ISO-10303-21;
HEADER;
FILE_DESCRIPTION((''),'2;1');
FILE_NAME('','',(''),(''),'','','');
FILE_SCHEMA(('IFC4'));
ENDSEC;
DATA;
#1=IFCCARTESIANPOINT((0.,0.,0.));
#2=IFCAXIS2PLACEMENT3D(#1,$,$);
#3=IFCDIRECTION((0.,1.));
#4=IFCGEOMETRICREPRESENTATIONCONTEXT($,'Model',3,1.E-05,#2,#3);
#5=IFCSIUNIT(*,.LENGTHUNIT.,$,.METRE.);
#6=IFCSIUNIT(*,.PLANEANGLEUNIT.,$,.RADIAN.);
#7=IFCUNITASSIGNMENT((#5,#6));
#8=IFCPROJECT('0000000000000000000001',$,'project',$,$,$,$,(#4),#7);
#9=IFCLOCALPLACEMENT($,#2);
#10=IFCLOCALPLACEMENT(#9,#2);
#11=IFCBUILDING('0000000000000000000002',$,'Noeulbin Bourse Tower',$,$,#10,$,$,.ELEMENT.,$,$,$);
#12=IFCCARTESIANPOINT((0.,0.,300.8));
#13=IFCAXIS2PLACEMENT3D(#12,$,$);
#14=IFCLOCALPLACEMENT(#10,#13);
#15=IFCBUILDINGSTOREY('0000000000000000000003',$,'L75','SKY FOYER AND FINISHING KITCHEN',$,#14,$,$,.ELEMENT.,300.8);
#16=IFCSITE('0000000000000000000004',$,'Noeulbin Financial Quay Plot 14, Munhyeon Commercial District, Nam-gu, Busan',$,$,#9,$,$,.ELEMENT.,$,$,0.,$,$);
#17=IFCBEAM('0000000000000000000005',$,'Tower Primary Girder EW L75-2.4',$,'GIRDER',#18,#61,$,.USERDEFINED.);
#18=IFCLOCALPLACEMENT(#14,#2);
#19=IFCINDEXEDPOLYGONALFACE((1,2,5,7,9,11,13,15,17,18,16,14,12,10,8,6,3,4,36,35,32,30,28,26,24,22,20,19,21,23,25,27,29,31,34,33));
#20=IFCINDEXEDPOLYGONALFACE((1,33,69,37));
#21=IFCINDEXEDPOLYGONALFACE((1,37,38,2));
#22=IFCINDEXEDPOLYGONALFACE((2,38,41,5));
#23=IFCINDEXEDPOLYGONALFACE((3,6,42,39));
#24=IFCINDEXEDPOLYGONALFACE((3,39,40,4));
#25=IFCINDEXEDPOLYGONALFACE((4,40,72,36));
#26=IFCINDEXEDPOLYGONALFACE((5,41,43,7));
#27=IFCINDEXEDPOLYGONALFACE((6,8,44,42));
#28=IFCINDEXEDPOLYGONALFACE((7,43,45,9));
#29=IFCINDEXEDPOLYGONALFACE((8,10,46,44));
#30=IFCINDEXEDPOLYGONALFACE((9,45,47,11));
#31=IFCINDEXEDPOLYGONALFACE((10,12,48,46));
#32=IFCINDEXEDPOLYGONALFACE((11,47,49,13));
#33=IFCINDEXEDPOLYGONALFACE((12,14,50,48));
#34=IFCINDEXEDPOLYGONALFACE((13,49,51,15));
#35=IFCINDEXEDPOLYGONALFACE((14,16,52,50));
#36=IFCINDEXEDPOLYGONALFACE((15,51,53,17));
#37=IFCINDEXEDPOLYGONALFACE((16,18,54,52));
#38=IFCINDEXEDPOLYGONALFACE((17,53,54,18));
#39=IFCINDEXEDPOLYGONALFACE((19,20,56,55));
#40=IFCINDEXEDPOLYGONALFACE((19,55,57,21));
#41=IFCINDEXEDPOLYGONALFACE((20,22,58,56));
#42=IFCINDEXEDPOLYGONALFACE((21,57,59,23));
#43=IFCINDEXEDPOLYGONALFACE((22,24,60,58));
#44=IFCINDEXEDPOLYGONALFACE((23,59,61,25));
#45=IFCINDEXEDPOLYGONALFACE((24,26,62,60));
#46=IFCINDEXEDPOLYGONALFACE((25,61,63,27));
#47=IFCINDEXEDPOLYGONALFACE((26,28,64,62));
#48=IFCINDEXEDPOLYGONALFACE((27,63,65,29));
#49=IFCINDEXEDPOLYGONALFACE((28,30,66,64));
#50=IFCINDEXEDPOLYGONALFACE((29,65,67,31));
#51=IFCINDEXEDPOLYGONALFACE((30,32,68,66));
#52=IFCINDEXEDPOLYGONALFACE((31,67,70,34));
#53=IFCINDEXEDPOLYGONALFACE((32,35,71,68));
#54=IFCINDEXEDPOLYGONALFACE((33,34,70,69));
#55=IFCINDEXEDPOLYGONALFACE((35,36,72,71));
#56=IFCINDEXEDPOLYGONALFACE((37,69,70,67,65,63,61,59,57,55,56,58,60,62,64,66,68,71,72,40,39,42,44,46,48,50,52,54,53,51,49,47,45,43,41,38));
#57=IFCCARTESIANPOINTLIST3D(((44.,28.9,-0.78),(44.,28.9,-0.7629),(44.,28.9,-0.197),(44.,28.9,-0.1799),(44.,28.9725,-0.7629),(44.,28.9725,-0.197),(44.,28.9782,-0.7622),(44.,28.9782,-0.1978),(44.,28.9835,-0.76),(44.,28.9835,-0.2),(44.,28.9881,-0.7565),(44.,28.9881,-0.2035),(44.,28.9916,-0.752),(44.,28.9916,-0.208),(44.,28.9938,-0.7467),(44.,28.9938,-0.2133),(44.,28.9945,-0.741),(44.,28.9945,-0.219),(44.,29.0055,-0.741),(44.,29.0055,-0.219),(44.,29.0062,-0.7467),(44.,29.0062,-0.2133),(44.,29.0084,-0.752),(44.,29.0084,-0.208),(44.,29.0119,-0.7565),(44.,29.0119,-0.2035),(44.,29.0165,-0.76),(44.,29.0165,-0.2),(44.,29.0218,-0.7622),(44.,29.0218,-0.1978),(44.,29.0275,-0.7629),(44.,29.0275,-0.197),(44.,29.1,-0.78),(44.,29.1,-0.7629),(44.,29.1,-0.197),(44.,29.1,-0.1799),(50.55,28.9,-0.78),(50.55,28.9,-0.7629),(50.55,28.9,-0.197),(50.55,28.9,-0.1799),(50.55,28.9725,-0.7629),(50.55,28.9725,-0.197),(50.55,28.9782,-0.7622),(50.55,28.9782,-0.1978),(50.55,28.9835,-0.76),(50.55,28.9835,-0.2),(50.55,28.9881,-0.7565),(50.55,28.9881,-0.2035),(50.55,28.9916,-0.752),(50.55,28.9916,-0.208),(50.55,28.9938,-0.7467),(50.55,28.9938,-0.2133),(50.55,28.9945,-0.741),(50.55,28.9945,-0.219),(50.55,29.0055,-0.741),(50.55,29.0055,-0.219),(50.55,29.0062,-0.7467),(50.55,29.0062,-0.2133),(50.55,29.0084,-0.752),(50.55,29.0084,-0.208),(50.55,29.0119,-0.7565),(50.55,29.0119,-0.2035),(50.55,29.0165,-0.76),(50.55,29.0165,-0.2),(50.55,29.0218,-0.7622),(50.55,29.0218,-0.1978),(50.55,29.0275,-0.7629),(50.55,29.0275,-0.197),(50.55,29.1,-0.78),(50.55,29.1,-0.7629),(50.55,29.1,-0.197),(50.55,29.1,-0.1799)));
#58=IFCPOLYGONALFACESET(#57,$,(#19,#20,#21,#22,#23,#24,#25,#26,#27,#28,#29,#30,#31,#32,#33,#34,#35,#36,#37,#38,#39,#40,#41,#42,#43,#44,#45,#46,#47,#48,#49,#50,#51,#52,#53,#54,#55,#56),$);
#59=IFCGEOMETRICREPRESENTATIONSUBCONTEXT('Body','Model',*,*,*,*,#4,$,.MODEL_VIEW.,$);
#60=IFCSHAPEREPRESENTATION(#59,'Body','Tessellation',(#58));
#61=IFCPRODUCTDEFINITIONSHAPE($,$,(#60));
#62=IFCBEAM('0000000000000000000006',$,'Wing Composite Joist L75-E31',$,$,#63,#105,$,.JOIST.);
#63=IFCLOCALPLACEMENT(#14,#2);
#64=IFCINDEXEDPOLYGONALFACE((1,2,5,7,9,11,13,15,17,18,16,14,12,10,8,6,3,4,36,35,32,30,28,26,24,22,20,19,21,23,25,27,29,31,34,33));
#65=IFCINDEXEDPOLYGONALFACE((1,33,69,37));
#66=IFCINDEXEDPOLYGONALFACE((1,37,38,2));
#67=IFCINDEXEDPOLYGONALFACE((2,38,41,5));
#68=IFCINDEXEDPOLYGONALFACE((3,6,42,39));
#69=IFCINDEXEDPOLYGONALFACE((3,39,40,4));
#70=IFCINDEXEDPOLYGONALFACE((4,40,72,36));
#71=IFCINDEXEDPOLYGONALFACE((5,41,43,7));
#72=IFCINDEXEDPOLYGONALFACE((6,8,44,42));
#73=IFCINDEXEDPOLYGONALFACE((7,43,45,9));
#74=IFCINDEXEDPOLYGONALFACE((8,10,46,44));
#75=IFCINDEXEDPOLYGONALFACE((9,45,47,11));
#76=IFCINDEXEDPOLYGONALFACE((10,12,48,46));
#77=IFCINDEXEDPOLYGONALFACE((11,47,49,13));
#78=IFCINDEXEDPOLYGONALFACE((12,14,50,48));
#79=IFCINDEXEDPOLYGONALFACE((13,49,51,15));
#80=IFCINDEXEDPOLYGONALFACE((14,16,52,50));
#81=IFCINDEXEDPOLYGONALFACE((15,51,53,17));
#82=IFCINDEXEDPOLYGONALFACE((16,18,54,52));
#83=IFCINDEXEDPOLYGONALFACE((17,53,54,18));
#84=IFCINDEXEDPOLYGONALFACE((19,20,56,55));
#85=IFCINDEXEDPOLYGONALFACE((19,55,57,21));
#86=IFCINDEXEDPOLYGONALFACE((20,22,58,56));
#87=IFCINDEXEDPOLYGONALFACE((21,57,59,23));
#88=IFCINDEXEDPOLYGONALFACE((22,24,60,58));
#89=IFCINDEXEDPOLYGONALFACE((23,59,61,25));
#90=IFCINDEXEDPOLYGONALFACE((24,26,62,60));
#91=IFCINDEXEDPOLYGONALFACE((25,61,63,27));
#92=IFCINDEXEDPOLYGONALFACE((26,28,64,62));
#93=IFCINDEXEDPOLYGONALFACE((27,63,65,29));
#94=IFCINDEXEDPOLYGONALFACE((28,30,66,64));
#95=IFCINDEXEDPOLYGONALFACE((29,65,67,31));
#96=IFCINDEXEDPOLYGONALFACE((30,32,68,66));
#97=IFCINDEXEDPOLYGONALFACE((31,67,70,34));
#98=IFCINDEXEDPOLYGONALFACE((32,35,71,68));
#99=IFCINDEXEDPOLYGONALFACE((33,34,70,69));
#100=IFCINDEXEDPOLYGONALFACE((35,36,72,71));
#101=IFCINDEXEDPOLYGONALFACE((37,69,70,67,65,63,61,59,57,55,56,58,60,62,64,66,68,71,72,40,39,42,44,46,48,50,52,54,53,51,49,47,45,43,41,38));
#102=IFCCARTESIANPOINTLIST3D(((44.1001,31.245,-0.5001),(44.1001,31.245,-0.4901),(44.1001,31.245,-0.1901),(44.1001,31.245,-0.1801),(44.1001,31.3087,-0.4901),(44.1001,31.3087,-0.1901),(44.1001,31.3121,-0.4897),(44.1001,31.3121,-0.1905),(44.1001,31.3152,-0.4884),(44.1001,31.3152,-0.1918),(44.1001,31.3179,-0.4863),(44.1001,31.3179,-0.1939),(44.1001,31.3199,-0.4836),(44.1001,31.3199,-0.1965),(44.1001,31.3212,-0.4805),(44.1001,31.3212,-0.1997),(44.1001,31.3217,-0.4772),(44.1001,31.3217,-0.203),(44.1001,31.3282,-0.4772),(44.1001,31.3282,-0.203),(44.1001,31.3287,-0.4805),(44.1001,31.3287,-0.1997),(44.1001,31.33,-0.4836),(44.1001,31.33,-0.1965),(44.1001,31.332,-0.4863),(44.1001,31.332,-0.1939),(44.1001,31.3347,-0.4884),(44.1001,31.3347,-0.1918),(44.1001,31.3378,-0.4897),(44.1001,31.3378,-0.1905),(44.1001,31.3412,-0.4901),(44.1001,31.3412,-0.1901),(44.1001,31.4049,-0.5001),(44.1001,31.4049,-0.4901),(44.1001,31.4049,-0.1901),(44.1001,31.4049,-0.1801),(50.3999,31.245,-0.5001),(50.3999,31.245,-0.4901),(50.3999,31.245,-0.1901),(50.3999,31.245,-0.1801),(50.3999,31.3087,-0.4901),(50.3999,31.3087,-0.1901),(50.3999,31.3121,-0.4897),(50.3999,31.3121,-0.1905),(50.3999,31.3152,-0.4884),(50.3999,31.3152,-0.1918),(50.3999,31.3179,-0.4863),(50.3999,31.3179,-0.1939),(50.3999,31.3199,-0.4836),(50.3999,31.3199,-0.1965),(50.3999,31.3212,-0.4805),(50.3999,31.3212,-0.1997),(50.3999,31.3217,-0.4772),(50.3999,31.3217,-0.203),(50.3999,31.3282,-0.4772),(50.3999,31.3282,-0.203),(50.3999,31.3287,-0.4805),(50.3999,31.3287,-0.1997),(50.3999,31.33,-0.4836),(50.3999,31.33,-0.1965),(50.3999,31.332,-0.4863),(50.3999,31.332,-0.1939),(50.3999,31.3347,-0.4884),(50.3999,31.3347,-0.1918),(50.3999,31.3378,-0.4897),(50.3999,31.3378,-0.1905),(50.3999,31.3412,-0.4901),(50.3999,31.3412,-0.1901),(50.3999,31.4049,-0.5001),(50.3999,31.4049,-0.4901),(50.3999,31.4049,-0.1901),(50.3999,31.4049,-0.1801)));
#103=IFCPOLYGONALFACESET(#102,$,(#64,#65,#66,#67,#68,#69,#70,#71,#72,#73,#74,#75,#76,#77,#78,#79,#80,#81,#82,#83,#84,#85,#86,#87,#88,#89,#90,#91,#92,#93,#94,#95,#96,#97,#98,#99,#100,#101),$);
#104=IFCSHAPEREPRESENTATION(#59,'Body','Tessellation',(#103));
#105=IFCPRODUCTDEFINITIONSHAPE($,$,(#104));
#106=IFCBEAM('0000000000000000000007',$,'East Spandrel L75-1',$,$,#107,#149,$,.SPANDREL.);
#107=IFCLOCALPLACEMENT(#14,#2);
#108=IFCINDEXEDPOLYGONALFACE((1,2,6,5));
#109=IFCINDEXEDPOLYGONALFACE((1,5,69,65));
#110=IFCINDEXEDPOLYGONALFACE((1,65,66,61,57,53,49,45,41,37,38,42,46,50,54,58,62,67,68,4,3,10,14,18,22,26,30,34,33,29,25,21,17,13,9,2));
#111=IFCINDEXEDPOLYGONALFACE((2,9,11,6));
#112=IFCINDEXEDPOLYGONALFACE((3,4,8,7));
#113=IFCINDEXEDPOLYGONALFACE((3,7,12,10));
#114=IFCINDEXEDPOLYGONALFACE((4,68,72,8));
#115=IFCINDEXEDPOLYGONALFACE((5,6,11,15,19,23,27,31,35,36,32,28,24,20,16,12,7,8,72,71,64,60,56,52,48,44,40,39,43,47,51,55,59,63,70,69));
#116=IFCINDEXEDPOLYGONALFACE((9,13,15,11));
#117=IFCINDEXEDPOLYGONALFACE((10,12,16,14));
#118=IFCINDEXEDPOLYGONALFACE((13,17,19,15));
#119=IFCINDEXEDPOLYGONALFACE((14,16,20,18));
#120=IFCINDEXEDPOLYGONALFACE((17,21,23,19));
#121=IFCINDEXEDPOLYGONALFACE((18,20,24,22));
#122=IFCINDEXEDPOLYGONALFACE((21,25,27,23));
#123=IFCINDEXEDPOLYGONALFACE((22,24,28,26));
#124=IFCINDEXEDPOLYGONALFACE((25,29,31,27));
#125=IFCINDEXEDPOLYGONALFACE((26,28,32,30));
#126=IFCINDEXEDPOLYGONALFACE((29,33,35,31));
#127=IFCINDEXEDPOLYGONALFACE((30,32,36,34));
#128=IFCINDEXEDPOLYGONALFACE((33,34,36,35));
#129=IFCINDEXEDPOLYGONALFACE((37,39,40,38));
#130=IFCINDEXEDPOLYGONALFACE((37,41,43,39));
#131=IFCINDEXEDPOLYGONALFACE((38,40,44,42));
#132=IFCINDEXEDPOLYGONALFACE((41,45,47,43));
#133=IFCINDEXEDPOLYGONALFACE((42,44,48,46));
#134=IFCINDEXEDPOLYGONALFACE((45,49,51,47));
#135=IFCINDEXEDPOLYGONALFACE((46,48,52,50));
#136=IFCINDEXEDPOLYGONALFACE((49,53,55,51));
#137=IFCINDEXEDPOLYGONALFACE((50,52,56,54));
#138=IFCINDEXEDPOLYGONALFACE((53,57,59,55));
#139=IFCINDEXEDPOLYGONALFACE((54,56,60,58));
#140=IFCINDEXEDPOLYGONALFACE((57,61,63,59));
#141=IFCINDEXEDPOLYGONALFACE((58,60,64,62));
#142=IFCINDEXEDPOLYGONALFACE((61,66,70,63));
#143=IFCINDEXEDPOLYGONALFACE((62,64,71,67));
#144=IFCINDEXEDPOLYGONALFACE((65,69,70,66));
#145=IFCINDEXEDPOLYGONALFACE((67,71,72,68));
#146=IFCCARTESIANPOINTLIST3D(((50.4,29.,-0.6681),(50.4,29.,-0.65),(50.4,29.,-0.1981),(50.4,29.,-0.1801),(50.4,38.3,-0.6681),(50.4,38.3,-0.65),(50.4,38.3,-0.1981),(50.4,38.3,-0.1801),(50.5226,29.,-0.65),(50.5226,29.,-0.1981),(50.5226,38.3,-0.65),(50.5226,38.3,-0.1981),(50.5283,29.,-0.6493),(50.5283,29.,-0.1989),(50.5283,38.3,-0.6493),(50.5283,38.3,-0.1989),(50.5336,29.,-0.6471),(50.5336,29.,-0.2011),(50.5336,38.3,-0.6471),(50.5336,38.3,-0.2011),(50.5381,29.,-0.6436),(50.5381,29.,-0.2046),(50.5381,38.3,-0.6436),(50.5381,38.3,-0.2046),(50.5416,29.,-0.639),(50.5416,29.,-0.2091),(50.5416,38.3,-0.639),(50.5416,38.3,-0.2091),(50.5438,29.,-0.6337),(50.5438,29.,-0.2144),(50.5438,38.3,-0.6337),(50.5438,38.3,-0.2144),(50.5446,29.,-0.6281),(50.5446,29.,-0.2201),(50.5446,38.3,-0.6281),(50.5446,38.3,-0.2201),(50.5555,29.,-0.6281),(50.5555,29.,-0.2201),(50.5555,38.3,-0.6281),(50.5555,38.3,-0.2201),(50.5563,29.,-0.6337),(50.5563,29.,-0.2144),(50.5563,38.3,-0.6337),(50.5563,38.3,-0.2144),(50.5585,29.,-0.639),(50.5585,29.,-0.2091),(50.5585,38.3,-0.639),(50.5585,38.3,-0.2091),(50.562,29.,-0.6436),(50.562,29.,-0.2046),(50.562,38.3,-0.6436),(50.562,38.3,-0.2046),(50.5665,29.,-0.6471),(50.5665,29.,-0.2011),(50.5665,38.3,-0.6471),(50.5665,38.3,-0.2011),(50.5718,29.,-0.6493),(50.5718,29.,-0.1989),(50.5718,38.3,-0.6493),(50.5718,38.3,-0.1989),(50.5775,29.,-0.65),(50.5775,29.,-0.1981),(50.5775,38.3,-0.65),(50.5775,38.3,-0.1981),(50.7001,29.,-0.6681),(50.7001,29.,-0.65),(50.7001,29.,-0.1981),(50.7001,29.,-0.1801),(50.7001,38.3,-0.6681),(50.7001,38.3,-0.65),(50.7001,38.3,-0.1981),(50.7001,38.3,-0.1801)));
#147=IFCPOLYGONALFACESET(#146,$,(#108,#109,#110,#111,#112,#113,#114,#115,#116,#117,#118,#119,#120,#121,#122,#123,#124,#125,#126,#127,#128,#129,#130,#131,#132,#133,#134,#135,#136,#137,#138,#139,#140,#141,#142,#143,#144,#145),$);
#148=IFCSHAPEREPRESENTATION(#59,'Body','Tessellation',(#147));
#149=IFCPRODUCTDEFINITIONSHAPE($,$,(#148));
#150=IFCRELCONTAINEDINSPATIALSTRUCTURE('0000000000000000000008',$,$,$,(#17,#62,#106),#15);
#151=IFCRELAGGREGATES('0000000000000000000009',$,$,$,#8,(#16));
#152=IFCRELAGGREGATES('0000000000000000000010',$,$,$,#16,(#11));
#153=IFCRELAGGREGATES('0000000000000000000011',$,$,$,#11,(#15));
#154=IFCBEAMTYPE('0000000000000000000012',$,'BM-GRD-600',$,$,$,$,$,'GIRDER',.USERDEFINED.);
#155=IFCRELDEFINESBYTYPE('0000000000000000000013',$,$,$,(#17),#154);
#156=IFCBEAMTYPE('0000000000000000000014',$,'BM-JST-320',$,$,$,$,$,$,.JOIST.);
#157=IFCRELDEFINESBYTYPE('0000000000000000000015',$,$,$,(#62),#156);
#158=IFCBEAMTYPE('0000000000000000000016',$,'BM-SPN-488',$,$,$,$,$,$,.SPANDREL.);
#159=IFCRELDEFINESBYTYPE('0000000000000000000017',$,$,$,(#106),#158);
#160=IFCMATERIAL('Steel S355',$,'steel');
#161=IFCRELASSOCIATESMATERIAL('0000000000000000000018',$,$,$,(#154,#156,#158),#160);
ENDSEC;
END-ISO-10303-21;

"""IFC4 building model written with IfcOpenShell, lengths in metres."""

from ifc_helpers import new_model, si_unit, direction, frame, origin, origin_2d, place, context, subcontext, project, spatial, i_section, extrude, material, material_profile, profile_set, type_object, element, save


model = new_model("IFC4")

# Units and contexts
model_context = context("Model", 3, precision=1e-05, world=origin(), true_north=direction((0.0, 1.0)))
body_context = subcontext(model_context, "Body", "Model", "MODEL_VIEW")
ifc_project = project(units=[si_unit("LENGTHUNIT", "METRE"), si_unit("PLANEANGLEUNIT", "RADIAN")], contexts=[model_context])

# Site, building, storey
site_placement = place(None, origin())
site = spatial("IfcSite", under=ifc_project, at=site_placement, Name="Noeulbin Financial Quay Plot 14, Munhyeon Commercial District, Nam-gu, Busan", CompositionType="ELEMENT", RefElevation=0.0)
building_placement = place(site_placement, origin())
building = spatial("IfcBuilding", under=site, at=building_placement, Name="Noeulbin Bourse Tower", CompositionType="ELEMENT")
storey_placement = place(building_placement, frame((0.0, 0.0, 300.8)))
storey = spatial("IfcBuildingStorey", under=building, at=storey_placement, Name="L75", Description="SKY FOYER AND FINISHING KITCHEN", CompositionType="ELEMENT", Elevation=300.8)

# Shared definitions
ifc_material_1 = material(Name="Steel S355", Category="steel")

# Beams
ifc_material_profile_1 = material_profile(ifc_material_1, i_section(OverallWidth=0.2, OverallDepth=0.6001, WebThickness=0.011, FlangeThickness=0.0171, FilletRadius=0.022, at=origin_2d()), Name="H-600x200x11x17", Category="LoadBearing")
ifc_profile_set_1 = profile_set([ifc_material_profile_1], Name="Steel S355")
beam_type_1 = type_object("IfcBeamType", Name="BM-GRD-600", ElementType="GIRDER", PredefinedType="USERDEFINED", material=ifc_profile_set_1)
beam_1_placement = place(storey_placement, frame((44.0, 29.0, -0.48), z_axis=(1.0, 0.0, 0.0), x_axis=(0.0, 1.0, 0.0)))
element("IfcBeam", 1, at=beam_1_placement, inside=storey, type_object=beam_type_1, Name="Tower Primary Girder EW L75-2.4", ObjectType="GIRDER", PredefinedType="USERDEFINED", context=body_context, shape_type="SweptSolid", body=[
    extrude(i_section(OverallWidth=0.2, OverallDepth=0.6001, WebThickness=0.011, FlangeThickness=0.0171, FilletRadius=0.022, at=origin_2d()), origin(), (0.0, 0.0, 1.0), 6.55),
])
ifc_material_profile_2 = material_profile(ifc_material_1, i_section(OverallWidth=0.1599, OverallDepth=0.3201, WebThickness=0.0066, FlangeThickness=0.01, FilletRadius=0.0129, at=origin_2d()), Name="H-320x160x6.5x10", Category="LoadBearing")
ifc_profile_set_2 = profile_set([ifc_material_profile_2], Name="Steel S355")
beam_type_2 = type_object("IfcBeamType", Name="BM-JST-320", PredefinedType="JOIST", material=ifc_profile_set_2)
beam_2_placement = place(storey_placement, frame((44.1001, 31.325, -0.3401), z_axis=(1.0, 0.0, 0.0), x_axis=(0.0, 1.0, 0.0)))
element("IfcBeam", 2, at=beam_2_placement, inside=storey, type_object=beam_type_2, Name="Wing Composite Joist L75-E31", PredefinedType="JOIST", context=body_context, shape_type="SweptSolid", body=[
    extrude(i_section(OverallWidth=0.1599, OverallDepth=0.3201, WebThickness=0.0066, FlangeThickness=0.01, FilletRadius=0.0129, at=origin_2d()), origin(), (0.0, 0.0, 1.0), 6.2998),
])
ifc_material_profile_3 = material_profile(ifc_material_1, i_section(OverallWidth=0.3, OverallDepth=0.488, WebThickness=0.011, FlangeThickness=0.0181, FilletRadius=0.022, at=origin_2d()), Name="H-488x300x11x18", Category="LoadBearing")
ifc_profile_set_3 = profile_set([ifc_material_profile_3], Name="Steel S355")
beam_type_3 = type_object("IfcBeamType", Name="BM-SPN-488", PredefinedType="SPANDREL", material=ifc_profile_set_3)
beam_3_placement = place(storey_placement, frame((50.55, 29.0, -0.4241), z_axis=(0.0, 1.0, 0.0), x_axis=(-1.0, 0.0, 0.0)))
element("IfcBeam", 3, at=beam_3_placement, inside=storey, type_object=beam_type_3, Name="East Spandrel L75-1", PredefinedType="SPANDREL", context=body_context, shape_type="SweptSolid", body=[
    extrude(i_section(OverallWidth=0.3, OverallDepth=0.488, WebThickness=0.011, FlangeThickness=0.0181, FilletRadius=0.022, at=origin_2d()), origin(), (0.0, 0.0, 1.0), 9.3),
])

save(model, "model.ifc")
